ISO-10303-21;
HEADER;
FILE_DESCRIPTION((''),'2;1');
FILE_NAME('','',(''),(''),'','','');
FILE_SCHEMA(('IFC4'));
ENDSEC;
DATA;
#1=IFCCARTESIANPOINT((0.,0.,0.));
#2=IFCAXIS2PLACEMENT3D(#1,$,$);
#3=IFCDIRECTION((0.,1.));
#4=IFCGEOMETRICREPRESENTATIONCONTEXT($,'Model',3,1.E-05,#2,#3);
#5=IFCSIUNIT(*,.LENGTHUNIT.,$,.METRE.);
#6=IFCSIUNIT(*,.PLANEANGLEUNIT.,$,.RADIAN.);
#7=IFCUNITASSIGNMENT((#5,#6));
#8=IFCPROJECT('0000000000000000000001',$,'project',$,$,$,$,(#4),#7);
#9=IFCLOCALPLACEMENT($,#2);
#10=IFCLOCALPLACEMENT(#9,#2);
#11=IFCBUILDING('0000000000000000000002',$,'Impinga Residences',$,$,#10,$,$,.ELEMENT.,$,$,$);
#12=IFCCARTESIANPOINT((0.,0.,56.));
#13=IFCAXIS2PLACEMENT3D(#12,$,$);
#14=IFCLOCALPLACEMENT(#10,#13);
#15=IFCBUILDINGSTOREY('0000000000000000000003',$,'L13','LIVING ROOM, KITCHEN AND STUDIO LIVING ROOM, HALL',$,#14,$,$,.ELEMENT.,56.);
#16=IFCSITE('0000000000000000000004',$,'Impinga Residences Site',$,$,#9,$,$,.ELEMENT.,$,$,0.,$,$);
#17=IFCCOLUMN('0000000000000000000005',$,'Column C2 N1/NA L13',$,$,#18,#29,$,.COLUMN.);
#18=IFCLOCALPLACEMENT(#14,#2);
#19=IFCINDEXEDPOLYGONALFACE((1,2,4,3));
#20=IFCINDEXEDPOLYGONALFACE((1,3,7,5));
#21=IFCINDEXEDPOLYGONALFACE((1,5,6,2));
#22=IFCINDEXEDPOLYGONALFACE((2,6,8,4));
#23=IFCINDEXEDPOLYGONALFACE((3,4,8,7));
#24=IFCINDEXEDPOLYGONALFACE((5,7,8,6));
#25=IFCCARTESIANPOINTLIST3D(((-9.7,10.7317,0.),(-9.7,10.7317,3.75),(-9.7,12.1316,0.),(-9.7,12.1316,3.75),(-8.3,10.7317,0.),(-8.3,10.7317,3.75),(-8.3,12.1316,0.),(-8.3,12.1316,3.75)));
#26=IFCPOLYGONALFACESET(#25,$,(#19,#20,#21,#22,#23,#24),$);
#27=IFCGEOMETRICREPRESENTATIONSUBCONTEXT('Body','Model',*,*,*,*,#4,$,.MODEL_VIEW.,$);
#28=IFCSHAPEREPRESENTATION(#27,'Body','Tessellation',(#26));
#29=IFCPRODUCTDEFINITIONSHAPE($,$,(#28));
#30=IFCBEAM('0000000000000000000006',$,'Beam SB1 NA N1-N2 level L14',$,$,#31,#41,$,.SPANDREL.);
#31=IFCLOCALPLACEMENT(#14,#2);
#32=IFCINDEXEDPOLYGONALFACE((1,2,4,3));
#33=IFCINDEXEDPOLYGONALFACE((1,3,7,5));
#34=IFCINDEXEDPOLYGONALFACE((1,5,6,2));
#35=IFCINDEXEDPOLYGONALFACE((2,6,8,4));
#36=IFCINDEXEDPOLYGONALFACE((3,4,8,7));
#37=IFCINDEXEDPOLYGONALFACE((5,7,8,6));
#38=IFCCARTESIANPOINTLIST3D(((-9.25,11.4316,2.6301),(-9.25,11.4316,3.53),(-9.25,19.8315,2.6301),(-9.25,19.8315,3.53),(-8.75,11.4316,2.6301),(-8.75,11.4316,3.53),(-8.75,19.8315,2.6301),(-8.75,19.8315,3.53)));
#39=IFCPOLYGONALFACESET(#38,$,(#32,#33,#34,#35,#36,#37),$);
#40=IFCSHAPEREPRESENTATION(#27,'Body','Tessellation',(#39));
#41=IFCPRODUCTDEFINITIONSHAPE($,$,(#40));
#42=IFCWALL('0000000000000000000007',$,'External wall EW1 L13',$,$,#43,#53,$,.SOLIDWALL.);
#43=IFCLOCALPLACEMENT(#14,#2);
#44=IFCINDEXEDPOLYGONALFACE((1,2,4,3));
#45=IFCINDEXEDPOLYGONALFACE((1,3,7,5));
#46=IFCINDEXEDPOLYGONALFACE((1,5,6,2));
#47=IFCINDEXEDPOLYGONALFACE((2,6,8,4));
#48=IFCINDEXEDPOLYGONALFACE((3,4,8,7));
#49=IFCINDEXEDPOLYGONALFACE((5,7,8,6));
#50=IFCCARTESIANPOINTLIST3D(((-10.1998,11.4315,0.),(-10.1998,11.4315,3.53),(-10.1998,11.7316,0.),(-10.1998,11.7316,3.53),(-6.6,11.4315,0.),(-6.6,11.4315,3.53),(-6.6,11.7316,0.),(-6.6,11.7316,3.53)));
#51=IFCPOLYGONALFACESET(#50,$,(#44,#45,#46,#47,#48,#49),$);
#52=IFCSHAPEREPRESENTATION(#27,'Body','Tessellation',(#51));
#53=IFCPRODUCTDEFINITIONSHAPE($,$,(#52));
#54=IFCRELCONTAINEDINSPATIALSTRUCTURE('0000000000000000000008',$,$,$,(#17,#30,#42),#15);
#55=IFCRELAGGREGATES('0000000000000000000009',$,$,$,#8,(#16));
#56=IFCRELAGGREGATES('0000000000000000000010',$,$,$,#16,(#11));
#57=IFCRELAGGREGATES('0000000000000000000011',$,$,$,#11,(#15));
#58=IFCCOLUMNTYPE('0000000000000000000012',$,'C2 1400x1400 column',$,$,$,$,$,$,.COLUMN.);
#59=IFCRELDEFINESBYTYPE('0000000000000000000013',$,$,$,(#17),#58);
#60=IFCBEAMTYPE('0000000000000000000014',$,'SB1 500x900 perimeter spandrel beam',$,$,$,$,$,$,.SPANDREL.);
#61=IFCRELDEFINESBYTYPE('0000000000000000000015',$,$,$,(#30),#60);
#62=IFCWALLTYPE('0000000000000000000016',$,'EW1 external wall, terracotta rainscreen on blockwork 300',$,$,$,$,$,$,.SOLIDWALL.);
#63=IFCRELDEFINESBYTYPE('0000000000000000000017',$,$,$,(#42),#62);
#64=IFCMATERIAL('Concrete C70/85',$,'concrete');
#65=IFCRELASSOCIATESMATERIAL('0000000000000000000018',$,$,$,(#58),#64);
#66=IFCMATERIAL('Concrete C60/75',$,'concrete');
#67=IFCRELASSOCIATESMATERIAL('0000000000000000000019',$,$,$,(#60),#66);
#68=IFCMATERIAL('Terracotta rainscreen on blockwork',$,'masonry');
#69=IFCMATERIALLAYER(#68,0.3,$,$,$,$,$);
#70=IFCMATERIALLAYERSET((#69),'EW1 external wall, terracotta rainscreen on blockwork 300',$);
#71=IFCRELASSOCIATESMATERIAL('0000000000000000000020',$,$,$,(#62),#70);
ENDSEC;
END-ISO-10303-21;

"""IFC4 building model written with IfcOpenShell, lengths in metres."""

from ifc_helpers import new_model, si_unit, direction, frame, frame_2d, origin, origin_2d, place, context, subcontext, project, spatial, rectangle, extrude, material, layer, layer_set, material_profile, profile_set, type_object, element, save


model = new_model("IFC4")

# Units and contexts
model_context = context("Model", 3, precision=1e-05, world=origin(), true_north=direction((0.0, 1.0)))
body_context = subcontext(model_context, "Body", "Model", "MODEL_VIEW")
ifc_project = project(units=[si_unit("LENGTHUNIT", "METRE"), si_unit("PLANEANGLEUNIT", "RADIAN")], contexts=[model_context])

# Site, building, storey
site_placement = place(None, origin())
site = spatial("IfcSite", under=ifc_project, at=site_placement, Name="Impinga Residences Site", CompositionType="ELEMENT", RefElevation=0.0)
building_placement = place(site_placement, origin())
building = spatial("IfcBuilding", under=site, at=building_placement, Name="Impinga Residences", CompositionType="ELEMENT")
storey_placement = place(building_placement, frame((0.0, 0.0, 56.0)))
storey = spatial("IfcBuildingStorey", under=building, at=storey_placement, Name="L13", Description="LIVING ROOM, KITCHEN AND STUDIO LIVING ROOM, HALL", CompositionType="ELEMENT", Elevation=56.0)

# Column
ifc_material_1 = material(Name="Concrete C70/85", Category="concrete")
ifc_material_profile_1 = material_profile(ifc_material_1, rectangle(XDim=1.3999, YDim=1.3999, at=origin_2d()), Name="RC 1400x1400")
ifc_profile_set_1 = profile_set([ifc_material_profile_1], Name="Concrete C70/85")
column_type = type_object("IfcColumnType", Name="C2 1400x1400 column", PredefinedType="COLUMN", material=ifc_profile_set_1)
column_placement = place(storey_placement, frame((-9.0, 11.4316, 0.0), z_axis=(0.0, 0.0, 1.0), x_axis=(1.0, 0.0, 0.0)))
element("IfcColumn", 1, at=column_placement, inside=storey, type_object=column_type, Name="Column C2 N1/NA L13", PredefinedType="COLUMN", context=body_context, shape_type="SweptSolid", body=[
    extrude(rectangle(XDim=1.3999, YDim=1.3999, at=origin_2d()), origin(), (0.0, 0.0, 1.0), 3.75),
])

# Beam
ifc_material_2 = material(Name="Concrete C60/75", Category="concrete")
ifc_material_profile_2 = material_profile(ifc_material_2, rectangle(XDim=0.5, YDim=0.8999, at=origin_2d()), Name="RC 500x900")
ifc_profile_set_2 = profile_set([ifc_material_profile_2], Name="Concrete C60/75")
beam_type = type_object("IfcBeamType", Name="SB1 500x900 perimeter spandrel beam", PredefinedType="SPANDREL", material=ifc_profile_set_2)
beam_placement = place(storey_placement, frame((-9.0, 11.4316, 3.0801), z_axis=(0.0, 1.0, 0.0), x_axis=(-1.0, 0.0, 0.0)))
element("IfcBeam", 2, at=beam_placement, inside=storey, type_object=beam_type, Name="Beam SB1 NA N1-N2 level L14", PredefinedType="SPANDREL", context=body_context, shape_type="SweptSolid", body=[
    extrude(rectangle(XDim=0.5, YDim=0.8999, at=origin_2d()), origin(), (0.0, 0.0, 1.0), 8.3999),
])

# Wall
ifc_material_3 = material(Name="Terracotta rainscreen on blockwork", Category="masonry")
ifc_layer_1 = layer(ifc_material_3, 0.3)
ifc_layer_set_1 = layer_set([ifc_layer_1], Name="EW1 external wall, terracotta rainscreen on blockwork 300")
wall_type_1 = type_object("IfcWallType", Name="EW1 external wall, terracotta rainscreen on blockwork 300", PredefinedType="SOLIDWALL", material=ifc_layer_set_1)
wall_1_placement = place(storey_placement, frame((-6.6001, 11.5815, 0.0), z_axis=(0.0, 0.0, 1.0), x_axis=(-1.0, 0.0, 0.0)))
element("IfcWall", 3, at=wall_1_placement, inside=storey, type_object=wall_type_1, Name="External wall EW1 L13", PredefinedType="SOLIDWALL", context=body_context, shape_type="SweptSolid", body=[
    extrude(rectangle(XDim=3.5999, YDim=0.3, at=frame_2d((1.7998, 0.0))), origin(), (0.0, 0.0, 1.0), 3.53),
])

save(model, "model.ifc")
